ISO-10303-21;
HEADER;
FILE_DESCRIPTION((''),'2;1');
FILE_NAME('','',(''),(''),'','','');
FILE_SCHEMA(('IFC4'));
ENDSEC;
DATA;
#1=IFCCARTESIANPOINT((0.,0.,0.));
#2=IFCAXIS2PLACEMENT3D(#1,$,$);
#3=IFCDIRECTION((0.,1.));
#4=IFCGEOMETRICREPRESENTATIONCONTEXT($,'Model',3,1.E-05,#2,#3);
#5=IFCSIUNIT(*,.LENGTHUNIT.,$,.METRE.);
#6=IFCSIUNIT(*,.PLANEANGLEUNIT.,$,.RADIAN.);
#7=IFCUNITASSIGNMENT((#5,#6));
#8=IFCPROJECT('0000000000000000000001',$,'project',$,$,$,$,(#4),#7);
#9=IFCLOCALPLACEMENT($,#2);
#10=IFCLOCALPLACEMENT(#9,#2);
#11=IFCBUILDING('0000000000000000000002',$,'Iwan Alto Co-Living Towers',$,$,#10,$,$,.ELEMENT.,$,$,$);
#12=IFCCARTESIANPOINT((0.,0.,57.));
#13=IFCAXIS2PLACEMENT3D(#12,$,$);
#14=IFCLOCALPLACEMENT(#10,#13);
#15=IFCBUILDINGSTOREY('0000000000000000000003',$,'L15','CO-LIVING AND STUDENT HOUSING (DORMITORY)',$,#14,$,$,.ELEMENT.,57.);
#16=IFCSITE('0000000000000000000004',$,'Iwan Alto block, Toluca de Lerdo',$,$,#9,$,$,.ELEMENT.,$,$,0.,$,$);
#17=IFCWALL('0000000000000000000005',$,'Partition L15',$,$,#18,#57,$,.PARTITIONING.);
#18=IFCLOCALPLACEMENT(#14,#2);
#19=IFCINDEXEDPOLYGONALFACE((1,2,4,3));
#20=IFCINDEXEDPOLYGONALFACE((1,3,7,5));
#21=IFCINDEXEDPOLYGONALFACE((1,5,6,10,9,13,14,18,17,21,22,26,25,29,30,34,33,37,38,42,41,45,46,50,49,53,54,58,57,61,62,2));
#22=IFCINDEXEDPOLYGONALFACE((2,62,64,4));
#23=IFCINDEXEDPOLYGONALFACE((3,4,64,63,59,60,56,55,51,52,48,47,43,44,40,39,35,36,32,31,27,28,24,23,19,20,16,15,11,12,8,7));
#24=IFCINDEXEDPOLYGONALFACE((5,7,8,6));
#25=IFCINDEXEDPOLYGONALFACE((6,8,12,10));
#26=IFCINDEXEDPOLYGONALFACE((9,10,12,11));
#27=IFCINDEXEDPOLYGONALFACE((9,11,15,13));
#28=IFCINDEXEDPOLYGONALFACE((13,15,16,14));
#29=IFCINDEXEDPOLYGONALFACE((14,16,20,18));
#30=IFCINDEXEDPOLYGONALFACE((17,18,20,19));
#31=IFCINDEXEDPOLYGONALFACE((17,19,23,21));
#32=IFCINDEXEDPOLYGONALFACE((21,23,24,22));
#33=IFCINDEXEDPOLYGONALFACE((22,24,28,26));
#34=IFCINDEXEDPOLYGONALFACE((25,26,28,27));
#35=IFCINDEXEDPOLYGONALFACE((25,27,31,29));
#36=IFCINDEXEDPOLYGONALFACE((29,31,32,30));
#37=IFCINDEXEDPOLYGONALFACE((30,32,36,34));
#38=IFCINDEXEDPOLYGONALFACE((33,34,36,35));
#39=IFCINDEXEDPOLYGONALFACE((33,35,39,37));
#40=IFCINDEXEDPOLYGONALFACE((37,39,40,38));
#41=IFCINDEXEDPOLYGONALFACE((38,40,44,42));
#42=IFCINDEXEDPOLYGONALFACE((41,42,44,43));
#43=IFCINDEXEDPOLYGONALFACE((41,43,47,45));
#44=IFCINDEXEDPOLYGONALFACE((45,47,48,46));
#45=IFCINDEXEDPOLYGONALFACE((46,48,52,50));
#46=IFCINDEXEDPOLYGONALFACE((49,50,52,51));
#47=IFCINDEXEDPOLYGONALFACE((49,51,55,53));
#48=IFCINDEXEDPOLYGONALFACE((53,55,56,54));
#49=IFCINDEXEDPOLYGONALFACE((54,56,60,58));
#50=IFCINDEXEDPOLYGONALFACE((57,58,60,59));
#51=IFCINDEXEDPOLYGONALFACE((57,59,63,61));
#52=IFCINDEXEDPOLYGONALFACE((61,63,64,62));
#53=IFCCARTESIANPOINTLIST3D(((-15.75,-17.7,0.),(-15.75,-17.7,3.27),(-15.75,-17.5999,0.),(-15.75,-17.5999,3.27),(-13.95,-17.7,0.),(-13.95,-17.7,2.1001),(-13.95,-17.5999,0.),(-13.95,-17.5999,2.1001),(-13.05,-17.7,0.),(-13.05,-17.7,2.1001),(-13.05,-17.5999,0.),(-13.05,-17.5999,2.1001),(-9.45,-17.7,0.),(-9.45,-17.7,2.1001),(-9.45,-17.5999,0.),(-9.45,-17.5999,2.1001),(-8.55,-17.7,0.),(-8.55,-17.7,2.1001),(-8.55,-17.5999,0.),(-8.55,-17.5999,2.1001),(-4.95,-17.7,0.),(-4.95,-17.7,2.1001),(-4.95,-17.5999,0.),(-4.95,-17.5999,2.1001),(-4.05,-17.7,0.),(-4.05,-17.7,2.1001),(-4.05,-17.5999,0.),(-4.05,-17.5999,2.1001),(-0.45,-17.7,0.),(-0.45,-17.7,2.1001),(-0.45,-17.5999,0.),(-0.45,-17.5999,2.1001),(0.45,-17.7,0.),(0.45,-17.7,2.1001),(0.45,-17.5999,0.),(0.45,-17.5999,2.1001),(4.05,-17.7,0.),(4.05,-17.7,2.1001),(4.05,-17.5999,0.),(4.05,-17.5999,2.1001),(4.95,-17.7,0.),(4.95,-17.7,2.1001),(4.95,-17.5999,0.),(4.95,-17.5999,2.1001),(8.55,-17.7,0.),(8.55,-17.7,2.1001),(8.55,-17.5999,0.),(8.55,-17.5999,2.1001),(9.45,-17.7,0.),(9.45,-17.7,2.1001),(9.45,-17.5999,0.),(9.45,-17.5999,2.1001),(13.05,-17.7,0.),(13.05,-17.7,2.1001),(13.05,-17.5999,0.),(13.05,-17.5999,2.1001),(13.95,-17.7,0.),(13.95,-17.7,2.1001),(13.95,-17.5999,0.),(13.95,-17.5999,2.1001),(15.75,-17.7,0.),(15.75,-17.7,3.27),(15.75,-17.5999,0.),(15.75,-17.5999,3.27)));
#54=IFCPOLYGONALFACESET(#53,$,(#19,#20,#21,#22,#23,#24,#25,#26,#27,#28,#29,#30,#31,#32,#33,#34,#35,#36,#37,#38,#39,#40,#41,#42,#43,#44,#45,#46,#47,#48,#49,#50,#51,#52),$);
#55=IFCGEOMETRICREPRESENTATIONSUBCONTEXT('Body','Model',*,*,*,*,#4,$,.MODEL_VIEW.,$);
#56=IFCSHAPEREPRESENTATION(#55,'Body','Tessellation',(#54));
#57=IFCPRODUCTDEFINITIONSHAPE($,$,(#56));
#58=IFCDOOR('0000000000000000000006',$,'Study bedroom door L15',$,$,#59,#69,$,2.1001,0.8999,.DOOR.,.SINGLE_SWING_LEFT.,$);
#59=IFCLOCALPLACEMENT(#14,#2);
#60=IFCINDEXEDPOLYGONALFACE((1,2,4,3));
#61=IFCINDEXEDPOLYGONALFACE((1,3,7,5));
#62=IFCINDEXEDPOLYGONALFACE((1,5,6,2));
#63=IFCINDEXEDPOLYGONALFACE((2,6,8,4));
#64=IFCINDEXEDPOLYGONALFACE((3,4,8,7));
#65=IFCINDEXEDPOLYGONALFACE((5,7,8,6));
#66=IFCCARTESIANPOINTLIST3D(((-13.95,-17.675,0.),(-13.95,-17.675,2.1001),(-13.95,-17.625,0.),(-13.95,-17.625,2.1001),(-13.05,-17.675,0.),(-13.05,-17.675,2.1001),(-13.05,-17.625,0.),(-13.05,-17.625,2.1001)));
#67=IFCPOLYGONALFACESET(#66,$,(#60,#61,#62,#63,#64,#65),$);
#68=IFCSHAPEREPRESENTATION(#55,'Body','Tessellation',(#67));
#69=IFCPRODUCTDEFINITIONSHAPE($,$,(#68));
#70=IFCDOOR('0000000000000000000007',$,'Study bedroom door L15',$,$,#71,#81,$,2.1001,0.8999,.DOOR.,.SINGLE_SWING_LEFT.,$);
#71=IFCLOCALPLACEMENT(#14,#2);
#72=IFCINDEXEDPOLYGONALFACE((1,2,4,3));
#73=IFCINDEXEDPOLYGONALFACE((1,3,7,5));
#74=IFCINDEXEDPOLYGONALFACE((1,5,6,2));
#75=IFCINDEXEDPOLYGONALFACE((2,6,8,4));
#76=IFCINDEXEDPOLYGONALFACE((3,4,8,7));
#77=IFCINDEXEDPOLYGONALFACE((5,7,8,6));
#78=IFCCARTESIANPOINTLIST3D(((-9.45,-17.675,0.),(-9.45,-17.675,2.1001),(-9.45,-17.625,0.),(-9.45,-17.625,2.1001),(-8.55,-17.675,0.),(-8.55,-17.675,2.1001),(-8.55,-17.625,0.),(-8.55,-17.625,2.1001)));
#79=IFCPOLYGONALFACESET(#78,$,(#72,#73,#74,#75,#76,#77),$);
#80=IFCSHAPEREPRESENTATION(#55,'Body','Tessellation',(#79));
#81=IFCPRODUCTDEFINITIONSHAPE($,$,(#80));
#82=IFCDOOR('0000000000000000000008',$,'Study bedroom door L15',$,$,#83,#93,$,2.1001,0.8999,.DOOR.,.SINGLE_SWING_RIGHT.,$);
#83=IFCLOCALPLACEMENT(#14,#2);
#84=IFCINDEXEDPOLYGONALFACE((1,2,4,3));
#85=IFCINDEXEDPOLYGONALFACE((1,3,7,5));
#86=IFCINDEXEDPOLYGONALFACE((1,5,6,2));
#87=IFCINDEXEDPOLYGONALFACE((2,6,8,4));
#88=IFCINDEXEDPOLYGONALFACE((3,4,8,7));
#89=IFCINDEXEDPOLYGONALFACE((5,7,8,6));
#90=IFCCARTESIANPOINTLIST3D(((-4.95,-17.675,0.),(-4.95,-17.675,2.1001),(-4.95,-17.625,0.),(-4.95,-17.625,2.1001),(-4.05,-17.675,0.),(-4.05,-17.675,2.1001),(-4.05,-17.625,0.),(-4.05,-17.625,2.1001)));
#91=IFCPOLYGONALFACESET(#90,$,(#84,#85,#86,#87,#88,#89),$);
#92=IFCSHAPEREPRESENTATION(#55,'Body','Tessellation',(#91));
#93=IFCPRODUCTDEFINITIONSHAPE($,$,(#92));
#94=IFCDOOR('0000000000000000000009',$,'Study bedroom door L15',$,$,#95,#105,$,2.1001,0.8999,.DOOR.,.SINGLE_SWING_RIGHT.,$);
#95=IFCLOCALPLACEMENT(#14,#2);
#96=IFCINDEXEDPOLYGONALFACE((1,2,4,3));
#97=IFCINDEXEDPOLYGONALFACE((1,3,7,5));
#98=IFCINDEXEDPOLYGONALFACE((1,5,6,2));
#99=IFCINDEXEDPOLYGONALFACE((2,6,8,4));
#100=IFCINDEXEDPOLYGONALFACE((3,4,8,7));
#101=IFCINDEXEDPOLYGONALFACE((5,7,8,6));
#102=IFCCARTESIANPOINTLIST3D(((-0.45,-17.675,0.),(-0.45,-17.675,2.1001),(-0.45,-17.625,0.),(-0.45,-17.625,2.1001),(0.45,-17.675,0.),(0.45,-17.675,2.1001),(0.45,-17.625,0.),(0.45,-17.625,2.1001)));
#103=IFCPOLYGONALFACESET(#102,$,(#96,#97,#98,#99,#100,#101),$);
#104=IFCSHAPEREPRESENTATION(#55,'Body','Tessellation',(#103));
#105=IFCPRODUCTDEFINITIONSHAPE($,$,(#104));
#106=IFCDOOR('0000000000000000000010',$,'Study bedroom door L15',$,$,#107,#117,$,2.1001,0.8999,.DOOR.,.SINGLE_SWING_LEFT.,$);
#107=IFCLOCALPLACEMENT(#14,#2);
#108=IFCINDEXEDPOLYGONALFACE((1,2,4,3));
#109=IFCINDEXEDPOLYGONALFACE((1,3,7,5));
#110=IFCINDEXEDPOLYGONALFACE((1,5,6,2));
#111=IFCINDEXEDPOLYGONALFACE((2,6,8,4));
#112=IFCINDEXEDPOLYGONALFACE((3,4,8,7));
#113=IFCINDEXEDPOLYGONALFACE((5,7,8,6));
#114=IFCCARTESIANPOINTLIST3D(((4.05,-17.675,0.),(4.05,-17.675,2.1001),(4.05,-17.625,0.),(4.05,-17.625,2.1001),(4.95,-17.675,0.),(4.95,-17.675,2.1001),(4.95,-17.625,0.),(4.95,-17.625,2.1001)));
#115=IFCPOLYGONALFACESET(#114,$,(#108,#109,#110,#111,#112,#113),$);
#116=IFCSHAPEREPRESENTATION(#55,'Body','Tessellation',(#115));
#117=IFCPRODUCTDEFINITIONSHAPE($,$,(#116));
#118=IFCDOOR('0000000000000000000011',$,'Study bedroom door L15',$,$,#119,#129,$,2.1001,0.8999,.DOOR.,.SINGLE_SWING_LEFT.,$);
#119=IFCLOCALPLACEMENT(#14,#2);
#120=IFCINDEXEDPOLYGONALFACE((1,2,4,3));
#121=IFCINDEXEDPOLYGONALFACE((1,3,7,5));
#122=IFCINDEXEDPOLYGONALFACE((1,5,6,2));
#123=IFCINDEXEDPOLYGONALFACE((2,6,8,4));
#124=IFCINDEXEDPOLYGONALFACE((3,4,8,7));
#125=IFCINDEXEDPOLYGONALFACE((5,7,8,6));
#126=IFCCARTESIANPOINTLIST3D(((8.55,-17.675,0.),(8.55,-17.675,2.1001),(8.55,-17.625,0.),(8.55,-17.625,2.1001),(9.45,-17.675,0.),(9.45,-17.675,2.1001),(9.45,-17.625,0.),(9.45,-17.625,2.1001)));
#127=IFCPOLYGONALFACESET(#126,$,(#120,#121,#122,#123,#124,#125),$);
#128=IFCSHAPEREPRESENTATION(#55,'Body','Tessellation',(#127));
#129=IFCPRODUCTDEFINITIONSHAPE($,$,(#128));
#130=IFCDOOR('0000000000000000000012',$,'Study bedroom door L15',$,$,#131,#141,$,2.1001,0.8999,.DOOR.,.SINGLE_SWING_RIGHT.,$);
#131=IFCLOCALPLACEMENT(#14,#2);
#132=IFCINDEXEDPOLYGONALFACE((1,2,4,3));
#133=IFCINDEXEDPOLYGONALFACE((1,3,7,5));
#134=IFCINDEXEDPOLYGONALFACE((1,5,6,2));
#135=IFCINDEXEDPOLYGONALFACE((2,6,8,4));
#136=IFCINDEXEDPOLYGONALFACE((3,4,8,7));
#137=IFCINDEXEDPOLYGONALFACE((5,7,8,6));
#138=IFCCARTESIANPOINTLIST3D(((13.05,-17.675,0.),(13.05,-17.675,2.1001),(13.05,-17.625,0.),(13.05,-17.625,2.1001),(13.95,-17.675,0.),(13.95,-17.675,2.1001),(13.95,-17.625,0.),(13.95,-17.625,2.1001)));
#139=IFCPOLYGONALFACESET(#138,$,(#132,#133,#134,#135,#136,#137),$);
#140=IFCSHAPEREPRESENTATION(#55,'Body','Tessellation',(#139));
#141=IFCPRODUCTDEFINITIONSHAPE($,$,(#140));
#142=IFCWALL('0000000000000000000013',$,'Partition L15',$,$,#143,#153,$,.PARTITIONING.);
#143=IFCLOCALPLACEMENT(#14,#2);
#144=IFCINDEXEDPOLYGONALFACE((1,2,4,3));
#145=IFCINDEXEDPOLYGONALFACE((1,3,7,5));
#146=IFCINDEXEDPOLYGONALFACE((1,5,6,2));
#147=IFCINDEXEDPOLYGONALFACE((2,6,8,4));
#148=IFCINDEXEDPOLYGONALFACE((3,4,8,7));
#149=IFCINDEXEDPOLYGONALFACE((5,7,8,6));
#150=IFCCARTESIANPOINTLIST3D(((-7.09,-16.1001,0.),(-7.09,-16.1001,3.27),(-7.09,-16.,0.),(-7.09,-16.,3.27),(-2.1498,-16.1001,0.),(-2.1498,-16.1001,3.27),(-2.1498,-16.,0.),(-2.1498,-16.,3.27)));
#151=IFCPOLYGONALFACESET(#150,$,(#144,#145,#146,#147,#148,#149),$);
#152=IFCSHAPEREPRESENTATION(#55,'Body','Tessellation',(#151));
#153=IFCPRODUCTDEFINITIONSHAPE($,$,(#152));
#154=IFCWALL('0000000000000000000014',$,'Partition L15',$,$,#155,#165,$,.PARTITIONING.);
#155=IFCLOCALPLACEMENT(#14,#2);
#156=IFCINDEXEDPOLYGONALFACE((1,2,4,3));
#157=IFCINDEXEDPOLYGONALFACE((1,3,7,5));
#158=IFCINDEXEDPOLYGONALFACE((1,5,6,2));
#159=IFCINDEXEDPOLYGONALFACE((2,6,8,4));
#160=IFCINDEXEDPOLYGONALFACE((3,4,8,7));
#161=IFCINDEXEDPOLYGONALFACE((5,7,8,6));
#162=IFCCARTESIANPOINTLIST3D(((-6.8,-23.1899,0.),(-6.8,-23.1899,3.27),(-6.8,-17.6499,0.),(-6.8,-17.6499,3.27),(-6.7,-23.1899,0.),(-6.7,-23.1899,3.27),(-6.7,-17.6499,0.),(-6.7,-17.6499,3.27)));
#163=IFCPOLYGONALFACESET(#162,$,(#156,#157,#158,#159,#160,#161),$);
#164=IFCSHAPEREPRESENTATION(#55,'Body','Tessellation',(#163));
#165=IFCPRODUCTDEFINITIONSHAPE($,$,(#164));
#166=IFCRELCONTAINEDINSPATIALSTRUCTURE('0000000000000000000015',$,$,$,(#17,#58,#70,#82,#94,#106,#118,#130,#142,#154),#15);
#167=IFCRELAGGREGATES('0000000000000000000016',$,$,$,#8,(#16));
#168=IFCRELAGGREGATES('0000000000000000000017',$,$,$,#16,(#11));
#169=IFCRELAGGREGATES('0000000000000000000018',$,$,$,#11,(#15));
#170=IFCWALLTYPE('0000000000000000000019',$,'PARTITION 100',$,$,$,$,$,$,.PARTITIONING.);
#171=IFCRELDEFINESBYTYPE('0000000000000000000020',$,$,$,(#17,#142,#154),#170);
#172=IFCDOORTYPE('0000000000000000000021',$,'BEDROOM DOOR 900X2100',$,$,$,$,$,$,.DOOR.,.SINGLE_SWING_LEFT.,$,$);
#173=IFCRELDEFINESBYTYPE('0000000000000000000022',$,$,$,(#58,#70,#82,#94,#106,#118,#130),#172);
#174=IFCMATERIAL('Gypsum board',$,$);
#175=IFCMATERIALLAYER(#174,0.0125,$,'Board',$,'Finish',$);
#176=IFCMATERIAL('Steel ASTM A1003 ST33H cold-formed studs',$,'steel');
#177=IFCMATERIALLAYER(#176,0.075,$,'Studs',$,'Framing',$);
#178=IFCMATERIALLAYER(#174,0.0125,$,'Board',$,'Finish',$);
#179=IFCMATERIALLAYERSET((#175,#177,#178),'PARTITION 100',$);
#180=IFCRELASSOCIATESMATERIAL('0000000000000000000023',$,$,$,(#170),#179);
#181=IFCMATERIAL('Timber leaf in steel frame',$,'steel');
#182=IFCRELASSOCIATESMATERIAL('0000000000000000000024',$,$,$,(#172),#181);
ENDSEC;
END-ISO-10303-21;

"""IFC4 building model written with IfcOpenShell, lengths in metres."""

from ifc_helpers import new_model, si_unit, direction, frame, frame_2d, origin, place, context, subcontext, project, spatial, rectangle, extrude, material, layer, layer_set, type_object, element, fill, save


model = new_model("IFC4")

# Units and contexts
model_context = context("Model", 3, precision=1e-05, world=origin(), true_north=direction((0.0, 1.0)))
body_context = subcontext(model_context, "Body", "Model", "MODEL_VIEW")
ifc_project = project(units=[si_unit("LENGTHUNIT", "METRE"), si_unit("PLANEANGLEUNIT", "RADIAN")], contexts=[model_context])

# Site, building, storey
site_placement = place(None, origin())
site = spatial("IfcSite", under=ifc_project, at=site_placement, Name="Iwan Alto block, Toluca de Lerdo", CompositionType="ELEMENT", RefElevation=0.0)
building_placement = place(site_placement, origin())
building = spatial("IfcBuilding", under=site, at=building_placement, Name="Iwan Alto Co-Living Towers", CompositionType="ELEMENT")
storey_placement = place(building_placement, frame((0.0, 0.0, 57.0)))
storey = spatial("IfcBuildingStorey", under=building, at=storey_placement, Name="L15", Description="CO-LIVING AND STUDENT HOUSING (DORMITORY)", CompositionType="ELEMENT", Elevation=57.0)

# Wall, openings, doors
ifc_material_1 = material(Name="Gypsum board")
ifc_layer_1 = layer(ifc_material_1, 0.0125, Name="Board", Category="Finish")
ifc_material_2 = material(Name="Steel ASTM A1003 ST33H cold-formed studs", Category="steel")
ifc_layer_2 = layer(ifc_material_2, 0.075, Name="Studs", Category="Framing")
ifc_layer_3 = layer(ifc_material_1, 0.0125, Name="Board", Category="Finish")
ifc_layer_set_1 = layer_set([ifc_layer_1, ifc_layer_2, ifc_layer_3], Name="PARTITION 100")
wall_type = type_object("IfcWallType", Name="PARTITION 100", PredefinedType="PARTITIONING", material=ifc_layer_set_1)
wall_1_placement = place(storey_placement, frame((-15.75, -17.6499, 0.0), z_axis=(0.0, 0.0, 1.0), x_axis=(1.0, 0.0, 0.0)))
wall_1 = element("IfcWall", 1, at=wall_1_placement, inside=storey, type_object=wall_type, Name="Partition L15", PredefinedType="PARTITIONING", context=body_context, shape_type="SweptSolid", body=[
    extrude(rectangle(XDim=31.5, YDim=0.1001, at=frame_2d((15.75, 0.0))), origin(), (0.0, 0.0, 1.0), 3.27),
])
opening_1_placement = place(wall_1_placement, frame((1.8, 0.0, 0.0)))
opening_1 = element("IfcOpeningElement", 2, at=opening_1_placement, cuts=wall_1, PredefinedType="OPENING", context=body_context, shape_type="SweptSolid", body=[
    extrude(rectangle(XDim=0.8999, YDim=2.1001, at=frame_2d((0.45, 1.05))), frame((0.0, 0.0601, 0.0), z_axis=(0.0, -1.0, 0.0), x_axis=(1.0, 0.0, 0.0)), (0.0, 0.0, 1.0), 0.1201),
])
opening_2_placement = place(wall_1_placement, frame((6.3, 0.0, 0.0)))
opening_2 = element("IfcOpeningElement", 3, at=opening_2_placement, cuts=wall_1, PredefinedType="OPENING", context=body_context, shape_type="SweptSolid", body=[
    extrude(rectangle(XDim=0.8999, YDim=2.1001, at=frame_2d((0.45, 1.05))), frame((0.0, 0.0601, 0.0), z_axis=(0.0, -1.0, 0.0), x_axis=(1.0, 0.0, 0.0)), (0.0, 0.0, 1.0), 0.1201),
])
opening_3_placement = place(wall_1_placement, frame((10.8, 0.0, 0.0)))
opening_3 = element("IfcOpeningElement", 4, at=opening_3_placement, cuts=wall_1, PredefinedType="OPENING", context=body_context, shape_type="SweptSolid", body=[
    extrude(rectangle(XDim=0.8999, YDim=2.1001, at=frame_2d((0.45, 1.05))), frame((0.0, 0.0601, 0.0), z_axis=(0.0, -1.0, 0.0), x_axis=(1.0, 0.0, 0.0)), (0.0, 0.0, 1.0), 0.1201),
])
opening_4_placement = place(wall_1_placement, frame((15.3, 0.0, 0.0)))
opening_4 = element("IfcOpeningElement", 5, at=opening_4_placement, cuts=wall_1, PredefinedType="OPENING", context=body_context, shape_type="SweptSolid", body=[
    extrude(rectangle(XDim=0.8999, YDim=2.1001, at=frame_2d((0.45, 1.05))), frame((0.0, 0.0601, 0.0), z_axis=(0.0, -1.0, 0.0), x_axis=(1.0, 0.0, 0.0)), (0.0, 0.0, 1.0), 0.1201),
])
opening_5_placement = place(wall_1_placement, frame((19.8, 0.0, 0.0)))
opening_5 = element("IfcOpeningElement", 6, at=opening_5_placement, cuts=wall_1, PredefinedType="OPENING", context=body_context, shape_type="SweptSolid", body=[
    extrude(rectangle(XDim=0.8999, YDim=2.1001, at=frame_2d((0.45, 1.05))), frame((0.0, 0.0601, 0.0), z_axis=(0.0, -1.0, 0.0), x_axis=(1.0, 0.0, 0.0)), (0.0, 0.0, 1.0), 0.1201),
])
opening_6_placement = place(wall_1_placement, frame((24.3, 0.0, 0.0)))
opening_6 = element("IfcOpeningElement", 7, at=opening_6_placement, cuts=wall_1, PredefinedType="OPENING", context=body_context, shape_type="SweptSolid", body=[
    extrude(rectangle(XDim=0.8999, YDim=2.1001, at=frame_2d((0.45, 1.05))), frame((0.0, 0.0601, 0.0), z_axis=(0.0, -1.0, 0.0), x_axis=(1.0, 0.0, 0.0)), (0.0, 0.0, 1.0), 0.1201),
])
opening_7_placement = place(wall_1_placement, frame((28.8, 0.0, 0.0)))
opening_7 = element("IfcOpeningElement", 8, at=opening_7_placement, cuts=wall_1, PredefinedType="OPENING", context=body_context, shape_type="SweptSolid", body=[
    extrude(rectangle(XDim=0.8999, YDim=2.1001, at=frame_2d((0.45, 1.05))), frame((0.0, 0.0601, 0.0), z_axis=(0.0, -1.0, 0.0), x_axis=(1.0, 0.0, 0.0)), (0.0, 0.0, 1.0), 0.1201),
])
ifc_material_3 = material(Name="Timber leaf in steel frame", Category="steel")
door_type_1 = type_object("IfcDoorType", Name="BEDROOM DOOR 900X2100", OperationType="SINGLE_SWING_LEFT", PredefinedType="DOOR", material=ifc_material_3)
door_1_placement = place(opening_1_placement, origin())
door_1 = element("IfcDoor", 9, at=door_1_placement, inside=storey, type_object=door_type_1, Name="Study bedroom door L15", OperationType="SINGLE_SWING_LEFT", OverallHeight=2.1001, OverallWidth=0.8999, PredefinedType="DOOR", context=body_context, shape_type="SweptSolid", body=[
    extrude(rectangle(XDim=0.8999, YDim=2.1001, at=frame_2d((0.45, 1.05))), frame((0.0, 0.0249, 0.0), z_axis=(0.0, -1.0, 0.0), x_axis=(1.0, 0.0, 0.0)), (0.0, 0.0, 1.0), 0.05),
])
fill(opening_1, door_1)
door_2_placement = place(opening_2_placement, origin())
door_2 = element("IfcDoor", 10, at=door_2_placement, inside=storey, type_object=door_type_1, Name="Study bedroom door L15", OperationType="SINGLE_SWING_LEFT", OverallHeight=2.1001, OverallWidth=0.8999, PredefinedType="DOOR", context=body_context, shape_type="SweptSolid", body=[
    extrude(rectangle(XDim=0.8999, YDim=2.1001, at=frame_2d((0.45, 1.05))), frame((0.0, 0.0249, 0.0), z_axis=(0.0, -1.0, 0.0), x_axis=(1.0, 0.0, 0.0)), (0.0, 0.0, 1.0), 0.05),
])
fill(opening_2, door_2)
door_3_placement = place(opening_3_placement, origin())
door_3 = element("IfcDoor", 11, at=door_3_placement, inside=storey, type_object=door_type_1, Name="Study bedroom door L15", OperationType="SINGLE_SWING_RIGHT", OverallHeight=2.1001, OverallWidth=0.8999, PredefinedType="DOOR", context=body_context, shape_type="SweptSolid", body=[
    extrude(rectangle(XDim=0.8999, YDim=2.1001, at=frame_2d((0.45, 1.05))), frame((0.0, 0.0249, 0.0), z_axis=(0.0, -1.0, 0.0), x_axis=(1.0, 0.0, 0.0)), (0.0, 0.0, 1.0), 0.05),
])
fill(opening_3, door_3)
door_4_placement = place(opening_4_placement, origin())
door_4 = element("IfcDoor", 12, at=door_4_placement, inside=storey, type_object=door_type_1, Name="Study bedroom door L15", OperationType="SINGLE_SWING_RIGHT", OverallHeight=2.1001, OverallWidth=0.8999, PredefinedType="DOOR", context=body_context, shape_type="SweptSolid", body=[
    extrude(rectangle(XDim=0.8999, YDim=2.1001, at=frame_2d((0.45, 1.05))), frame((0.0, 0.0249, 0.0), z_axis=(0.0, -1.0, 0.0), x_axis=(1.0, 0.0, 0.0)), (0.0, 0.0, 1.0), 0.05),
])
fill(opening_4, door_4)
door_5_placement = place(opening_5_placement, origin())
door_5 = element("IfcDoor", 13, at=door_5_placement, inside=storey, type_object=door_type_1, Name="Study bedroom door L15", OperationType="SINGLE_SWING_LEFT", OverallHeight=2.1001, OverallWidth=0.8999, PredefinedType="DOOR", context=body_context, shape_type="SweptSolid", body=[
    extrude(rectangle(XDim=0.8999, YDim=2.1001, at=frame_2d((0.45, 1.05))), frame((0.0, 0.0249, 0.0), z_axis=(0.0, -1.0, 0.0), x_axis=(1.0, 0.0, 0.0)), (0.0, 0.0, 1.0), 0.05),
])
fill(opening_5, door_5)
door_6_placement = place(opening_6_placement, origin())
door_6 = element("IfcDoor", 14, at=door_6_placement, inside=storey, type_object=door_type_1, Name="Study bedroom door L15", OperationType="SINGLE_SWING_LEFT", OverallHeight=2.1001, OverallWidth=0.8999, PredefinedType="DOOR", context=body_context, shape_type="SweptSolid", body=[
    extrude(rectangle(XDim=0.8999, YDim=2.1001, at=frame_2d((0.45, 1.05))), frame((0.0, 0.0249, 0.0), z_axis=(0.0, -1.0, 0.0), x_axis=(1.0, 0.0, 0.0)), (0.0, 0.0, 1.0), 0.05),
])
fill(opening_6, door_6)
door_7_placement = place(opening_7_placement, origin())
door_7 = element("IfcDoor", 15, at=door_7_placement, inside=storey, type_object=door_type_1, Name="Study bedroom door L15", OperationType="SINGLE_SWING_RIGHT", OverallHeight=2.1001, OverallWidth=0.8999, PredefinedType="DOOR", context=body_context, shape_type="SweptSolid", body=[
    extrude(rectangle(XDim=0.8999, YDim=2.1001, at=frame_2d((0.45, 1.05))), frame((0.0, 0.0249, 0.0), z_axis=(0.0, -1.0, 0.0), x_axis=(1.0, 0.0, 0.0)), (0.0, 0.0, 1.0), 0.05),
])
fill(opening_7, door_7)

# Walls
wall_2_placement = place(storey_placement, frame((-7.0901, -16.05, 0.0), z_axis=(0.0, 0.0, 1.0), x_axis=(1.0, 0.0, 0.0)))
element("IfcWall", 16, at=wall_2_placement, inside=storey, type_object=wall_type, Name="Partition L15", PredefinedType="PARTITIONING", context=body_context, shape_type="SweptSolid", body=[
    extrude(rectangle(XDim=4.9402, YDim=0.1001, at=frame_2d((2.4702, 0.0))), origin(), (0.0, 0.0, 1.0), 3.27),
])
for number, where, z_axis, x_axis, name in (
    (17, (-6.75, -23.1899, 0.0), (0.0, 0.0, 1.0), (0.0, 1.0, 0.0), "Partition L15"),
):
    element("IfcWall", number, at=place(storey_placement, frame(where, z_axis=z_axis, x_axis=x_axis)), inside=storey, type_object=wall_type, Name=name, PredefinedType="PARTITIONING", context=body_context, shape_type="SweptSolid", body=[
        extrude(rectangle(XDim=5.54, YDim=0.1001, at=frame_2d((2.77, 0.0))), origin(), (0.0, 0.0, 1.0), 3.27),
    ])

save(model, "model.ifc")
